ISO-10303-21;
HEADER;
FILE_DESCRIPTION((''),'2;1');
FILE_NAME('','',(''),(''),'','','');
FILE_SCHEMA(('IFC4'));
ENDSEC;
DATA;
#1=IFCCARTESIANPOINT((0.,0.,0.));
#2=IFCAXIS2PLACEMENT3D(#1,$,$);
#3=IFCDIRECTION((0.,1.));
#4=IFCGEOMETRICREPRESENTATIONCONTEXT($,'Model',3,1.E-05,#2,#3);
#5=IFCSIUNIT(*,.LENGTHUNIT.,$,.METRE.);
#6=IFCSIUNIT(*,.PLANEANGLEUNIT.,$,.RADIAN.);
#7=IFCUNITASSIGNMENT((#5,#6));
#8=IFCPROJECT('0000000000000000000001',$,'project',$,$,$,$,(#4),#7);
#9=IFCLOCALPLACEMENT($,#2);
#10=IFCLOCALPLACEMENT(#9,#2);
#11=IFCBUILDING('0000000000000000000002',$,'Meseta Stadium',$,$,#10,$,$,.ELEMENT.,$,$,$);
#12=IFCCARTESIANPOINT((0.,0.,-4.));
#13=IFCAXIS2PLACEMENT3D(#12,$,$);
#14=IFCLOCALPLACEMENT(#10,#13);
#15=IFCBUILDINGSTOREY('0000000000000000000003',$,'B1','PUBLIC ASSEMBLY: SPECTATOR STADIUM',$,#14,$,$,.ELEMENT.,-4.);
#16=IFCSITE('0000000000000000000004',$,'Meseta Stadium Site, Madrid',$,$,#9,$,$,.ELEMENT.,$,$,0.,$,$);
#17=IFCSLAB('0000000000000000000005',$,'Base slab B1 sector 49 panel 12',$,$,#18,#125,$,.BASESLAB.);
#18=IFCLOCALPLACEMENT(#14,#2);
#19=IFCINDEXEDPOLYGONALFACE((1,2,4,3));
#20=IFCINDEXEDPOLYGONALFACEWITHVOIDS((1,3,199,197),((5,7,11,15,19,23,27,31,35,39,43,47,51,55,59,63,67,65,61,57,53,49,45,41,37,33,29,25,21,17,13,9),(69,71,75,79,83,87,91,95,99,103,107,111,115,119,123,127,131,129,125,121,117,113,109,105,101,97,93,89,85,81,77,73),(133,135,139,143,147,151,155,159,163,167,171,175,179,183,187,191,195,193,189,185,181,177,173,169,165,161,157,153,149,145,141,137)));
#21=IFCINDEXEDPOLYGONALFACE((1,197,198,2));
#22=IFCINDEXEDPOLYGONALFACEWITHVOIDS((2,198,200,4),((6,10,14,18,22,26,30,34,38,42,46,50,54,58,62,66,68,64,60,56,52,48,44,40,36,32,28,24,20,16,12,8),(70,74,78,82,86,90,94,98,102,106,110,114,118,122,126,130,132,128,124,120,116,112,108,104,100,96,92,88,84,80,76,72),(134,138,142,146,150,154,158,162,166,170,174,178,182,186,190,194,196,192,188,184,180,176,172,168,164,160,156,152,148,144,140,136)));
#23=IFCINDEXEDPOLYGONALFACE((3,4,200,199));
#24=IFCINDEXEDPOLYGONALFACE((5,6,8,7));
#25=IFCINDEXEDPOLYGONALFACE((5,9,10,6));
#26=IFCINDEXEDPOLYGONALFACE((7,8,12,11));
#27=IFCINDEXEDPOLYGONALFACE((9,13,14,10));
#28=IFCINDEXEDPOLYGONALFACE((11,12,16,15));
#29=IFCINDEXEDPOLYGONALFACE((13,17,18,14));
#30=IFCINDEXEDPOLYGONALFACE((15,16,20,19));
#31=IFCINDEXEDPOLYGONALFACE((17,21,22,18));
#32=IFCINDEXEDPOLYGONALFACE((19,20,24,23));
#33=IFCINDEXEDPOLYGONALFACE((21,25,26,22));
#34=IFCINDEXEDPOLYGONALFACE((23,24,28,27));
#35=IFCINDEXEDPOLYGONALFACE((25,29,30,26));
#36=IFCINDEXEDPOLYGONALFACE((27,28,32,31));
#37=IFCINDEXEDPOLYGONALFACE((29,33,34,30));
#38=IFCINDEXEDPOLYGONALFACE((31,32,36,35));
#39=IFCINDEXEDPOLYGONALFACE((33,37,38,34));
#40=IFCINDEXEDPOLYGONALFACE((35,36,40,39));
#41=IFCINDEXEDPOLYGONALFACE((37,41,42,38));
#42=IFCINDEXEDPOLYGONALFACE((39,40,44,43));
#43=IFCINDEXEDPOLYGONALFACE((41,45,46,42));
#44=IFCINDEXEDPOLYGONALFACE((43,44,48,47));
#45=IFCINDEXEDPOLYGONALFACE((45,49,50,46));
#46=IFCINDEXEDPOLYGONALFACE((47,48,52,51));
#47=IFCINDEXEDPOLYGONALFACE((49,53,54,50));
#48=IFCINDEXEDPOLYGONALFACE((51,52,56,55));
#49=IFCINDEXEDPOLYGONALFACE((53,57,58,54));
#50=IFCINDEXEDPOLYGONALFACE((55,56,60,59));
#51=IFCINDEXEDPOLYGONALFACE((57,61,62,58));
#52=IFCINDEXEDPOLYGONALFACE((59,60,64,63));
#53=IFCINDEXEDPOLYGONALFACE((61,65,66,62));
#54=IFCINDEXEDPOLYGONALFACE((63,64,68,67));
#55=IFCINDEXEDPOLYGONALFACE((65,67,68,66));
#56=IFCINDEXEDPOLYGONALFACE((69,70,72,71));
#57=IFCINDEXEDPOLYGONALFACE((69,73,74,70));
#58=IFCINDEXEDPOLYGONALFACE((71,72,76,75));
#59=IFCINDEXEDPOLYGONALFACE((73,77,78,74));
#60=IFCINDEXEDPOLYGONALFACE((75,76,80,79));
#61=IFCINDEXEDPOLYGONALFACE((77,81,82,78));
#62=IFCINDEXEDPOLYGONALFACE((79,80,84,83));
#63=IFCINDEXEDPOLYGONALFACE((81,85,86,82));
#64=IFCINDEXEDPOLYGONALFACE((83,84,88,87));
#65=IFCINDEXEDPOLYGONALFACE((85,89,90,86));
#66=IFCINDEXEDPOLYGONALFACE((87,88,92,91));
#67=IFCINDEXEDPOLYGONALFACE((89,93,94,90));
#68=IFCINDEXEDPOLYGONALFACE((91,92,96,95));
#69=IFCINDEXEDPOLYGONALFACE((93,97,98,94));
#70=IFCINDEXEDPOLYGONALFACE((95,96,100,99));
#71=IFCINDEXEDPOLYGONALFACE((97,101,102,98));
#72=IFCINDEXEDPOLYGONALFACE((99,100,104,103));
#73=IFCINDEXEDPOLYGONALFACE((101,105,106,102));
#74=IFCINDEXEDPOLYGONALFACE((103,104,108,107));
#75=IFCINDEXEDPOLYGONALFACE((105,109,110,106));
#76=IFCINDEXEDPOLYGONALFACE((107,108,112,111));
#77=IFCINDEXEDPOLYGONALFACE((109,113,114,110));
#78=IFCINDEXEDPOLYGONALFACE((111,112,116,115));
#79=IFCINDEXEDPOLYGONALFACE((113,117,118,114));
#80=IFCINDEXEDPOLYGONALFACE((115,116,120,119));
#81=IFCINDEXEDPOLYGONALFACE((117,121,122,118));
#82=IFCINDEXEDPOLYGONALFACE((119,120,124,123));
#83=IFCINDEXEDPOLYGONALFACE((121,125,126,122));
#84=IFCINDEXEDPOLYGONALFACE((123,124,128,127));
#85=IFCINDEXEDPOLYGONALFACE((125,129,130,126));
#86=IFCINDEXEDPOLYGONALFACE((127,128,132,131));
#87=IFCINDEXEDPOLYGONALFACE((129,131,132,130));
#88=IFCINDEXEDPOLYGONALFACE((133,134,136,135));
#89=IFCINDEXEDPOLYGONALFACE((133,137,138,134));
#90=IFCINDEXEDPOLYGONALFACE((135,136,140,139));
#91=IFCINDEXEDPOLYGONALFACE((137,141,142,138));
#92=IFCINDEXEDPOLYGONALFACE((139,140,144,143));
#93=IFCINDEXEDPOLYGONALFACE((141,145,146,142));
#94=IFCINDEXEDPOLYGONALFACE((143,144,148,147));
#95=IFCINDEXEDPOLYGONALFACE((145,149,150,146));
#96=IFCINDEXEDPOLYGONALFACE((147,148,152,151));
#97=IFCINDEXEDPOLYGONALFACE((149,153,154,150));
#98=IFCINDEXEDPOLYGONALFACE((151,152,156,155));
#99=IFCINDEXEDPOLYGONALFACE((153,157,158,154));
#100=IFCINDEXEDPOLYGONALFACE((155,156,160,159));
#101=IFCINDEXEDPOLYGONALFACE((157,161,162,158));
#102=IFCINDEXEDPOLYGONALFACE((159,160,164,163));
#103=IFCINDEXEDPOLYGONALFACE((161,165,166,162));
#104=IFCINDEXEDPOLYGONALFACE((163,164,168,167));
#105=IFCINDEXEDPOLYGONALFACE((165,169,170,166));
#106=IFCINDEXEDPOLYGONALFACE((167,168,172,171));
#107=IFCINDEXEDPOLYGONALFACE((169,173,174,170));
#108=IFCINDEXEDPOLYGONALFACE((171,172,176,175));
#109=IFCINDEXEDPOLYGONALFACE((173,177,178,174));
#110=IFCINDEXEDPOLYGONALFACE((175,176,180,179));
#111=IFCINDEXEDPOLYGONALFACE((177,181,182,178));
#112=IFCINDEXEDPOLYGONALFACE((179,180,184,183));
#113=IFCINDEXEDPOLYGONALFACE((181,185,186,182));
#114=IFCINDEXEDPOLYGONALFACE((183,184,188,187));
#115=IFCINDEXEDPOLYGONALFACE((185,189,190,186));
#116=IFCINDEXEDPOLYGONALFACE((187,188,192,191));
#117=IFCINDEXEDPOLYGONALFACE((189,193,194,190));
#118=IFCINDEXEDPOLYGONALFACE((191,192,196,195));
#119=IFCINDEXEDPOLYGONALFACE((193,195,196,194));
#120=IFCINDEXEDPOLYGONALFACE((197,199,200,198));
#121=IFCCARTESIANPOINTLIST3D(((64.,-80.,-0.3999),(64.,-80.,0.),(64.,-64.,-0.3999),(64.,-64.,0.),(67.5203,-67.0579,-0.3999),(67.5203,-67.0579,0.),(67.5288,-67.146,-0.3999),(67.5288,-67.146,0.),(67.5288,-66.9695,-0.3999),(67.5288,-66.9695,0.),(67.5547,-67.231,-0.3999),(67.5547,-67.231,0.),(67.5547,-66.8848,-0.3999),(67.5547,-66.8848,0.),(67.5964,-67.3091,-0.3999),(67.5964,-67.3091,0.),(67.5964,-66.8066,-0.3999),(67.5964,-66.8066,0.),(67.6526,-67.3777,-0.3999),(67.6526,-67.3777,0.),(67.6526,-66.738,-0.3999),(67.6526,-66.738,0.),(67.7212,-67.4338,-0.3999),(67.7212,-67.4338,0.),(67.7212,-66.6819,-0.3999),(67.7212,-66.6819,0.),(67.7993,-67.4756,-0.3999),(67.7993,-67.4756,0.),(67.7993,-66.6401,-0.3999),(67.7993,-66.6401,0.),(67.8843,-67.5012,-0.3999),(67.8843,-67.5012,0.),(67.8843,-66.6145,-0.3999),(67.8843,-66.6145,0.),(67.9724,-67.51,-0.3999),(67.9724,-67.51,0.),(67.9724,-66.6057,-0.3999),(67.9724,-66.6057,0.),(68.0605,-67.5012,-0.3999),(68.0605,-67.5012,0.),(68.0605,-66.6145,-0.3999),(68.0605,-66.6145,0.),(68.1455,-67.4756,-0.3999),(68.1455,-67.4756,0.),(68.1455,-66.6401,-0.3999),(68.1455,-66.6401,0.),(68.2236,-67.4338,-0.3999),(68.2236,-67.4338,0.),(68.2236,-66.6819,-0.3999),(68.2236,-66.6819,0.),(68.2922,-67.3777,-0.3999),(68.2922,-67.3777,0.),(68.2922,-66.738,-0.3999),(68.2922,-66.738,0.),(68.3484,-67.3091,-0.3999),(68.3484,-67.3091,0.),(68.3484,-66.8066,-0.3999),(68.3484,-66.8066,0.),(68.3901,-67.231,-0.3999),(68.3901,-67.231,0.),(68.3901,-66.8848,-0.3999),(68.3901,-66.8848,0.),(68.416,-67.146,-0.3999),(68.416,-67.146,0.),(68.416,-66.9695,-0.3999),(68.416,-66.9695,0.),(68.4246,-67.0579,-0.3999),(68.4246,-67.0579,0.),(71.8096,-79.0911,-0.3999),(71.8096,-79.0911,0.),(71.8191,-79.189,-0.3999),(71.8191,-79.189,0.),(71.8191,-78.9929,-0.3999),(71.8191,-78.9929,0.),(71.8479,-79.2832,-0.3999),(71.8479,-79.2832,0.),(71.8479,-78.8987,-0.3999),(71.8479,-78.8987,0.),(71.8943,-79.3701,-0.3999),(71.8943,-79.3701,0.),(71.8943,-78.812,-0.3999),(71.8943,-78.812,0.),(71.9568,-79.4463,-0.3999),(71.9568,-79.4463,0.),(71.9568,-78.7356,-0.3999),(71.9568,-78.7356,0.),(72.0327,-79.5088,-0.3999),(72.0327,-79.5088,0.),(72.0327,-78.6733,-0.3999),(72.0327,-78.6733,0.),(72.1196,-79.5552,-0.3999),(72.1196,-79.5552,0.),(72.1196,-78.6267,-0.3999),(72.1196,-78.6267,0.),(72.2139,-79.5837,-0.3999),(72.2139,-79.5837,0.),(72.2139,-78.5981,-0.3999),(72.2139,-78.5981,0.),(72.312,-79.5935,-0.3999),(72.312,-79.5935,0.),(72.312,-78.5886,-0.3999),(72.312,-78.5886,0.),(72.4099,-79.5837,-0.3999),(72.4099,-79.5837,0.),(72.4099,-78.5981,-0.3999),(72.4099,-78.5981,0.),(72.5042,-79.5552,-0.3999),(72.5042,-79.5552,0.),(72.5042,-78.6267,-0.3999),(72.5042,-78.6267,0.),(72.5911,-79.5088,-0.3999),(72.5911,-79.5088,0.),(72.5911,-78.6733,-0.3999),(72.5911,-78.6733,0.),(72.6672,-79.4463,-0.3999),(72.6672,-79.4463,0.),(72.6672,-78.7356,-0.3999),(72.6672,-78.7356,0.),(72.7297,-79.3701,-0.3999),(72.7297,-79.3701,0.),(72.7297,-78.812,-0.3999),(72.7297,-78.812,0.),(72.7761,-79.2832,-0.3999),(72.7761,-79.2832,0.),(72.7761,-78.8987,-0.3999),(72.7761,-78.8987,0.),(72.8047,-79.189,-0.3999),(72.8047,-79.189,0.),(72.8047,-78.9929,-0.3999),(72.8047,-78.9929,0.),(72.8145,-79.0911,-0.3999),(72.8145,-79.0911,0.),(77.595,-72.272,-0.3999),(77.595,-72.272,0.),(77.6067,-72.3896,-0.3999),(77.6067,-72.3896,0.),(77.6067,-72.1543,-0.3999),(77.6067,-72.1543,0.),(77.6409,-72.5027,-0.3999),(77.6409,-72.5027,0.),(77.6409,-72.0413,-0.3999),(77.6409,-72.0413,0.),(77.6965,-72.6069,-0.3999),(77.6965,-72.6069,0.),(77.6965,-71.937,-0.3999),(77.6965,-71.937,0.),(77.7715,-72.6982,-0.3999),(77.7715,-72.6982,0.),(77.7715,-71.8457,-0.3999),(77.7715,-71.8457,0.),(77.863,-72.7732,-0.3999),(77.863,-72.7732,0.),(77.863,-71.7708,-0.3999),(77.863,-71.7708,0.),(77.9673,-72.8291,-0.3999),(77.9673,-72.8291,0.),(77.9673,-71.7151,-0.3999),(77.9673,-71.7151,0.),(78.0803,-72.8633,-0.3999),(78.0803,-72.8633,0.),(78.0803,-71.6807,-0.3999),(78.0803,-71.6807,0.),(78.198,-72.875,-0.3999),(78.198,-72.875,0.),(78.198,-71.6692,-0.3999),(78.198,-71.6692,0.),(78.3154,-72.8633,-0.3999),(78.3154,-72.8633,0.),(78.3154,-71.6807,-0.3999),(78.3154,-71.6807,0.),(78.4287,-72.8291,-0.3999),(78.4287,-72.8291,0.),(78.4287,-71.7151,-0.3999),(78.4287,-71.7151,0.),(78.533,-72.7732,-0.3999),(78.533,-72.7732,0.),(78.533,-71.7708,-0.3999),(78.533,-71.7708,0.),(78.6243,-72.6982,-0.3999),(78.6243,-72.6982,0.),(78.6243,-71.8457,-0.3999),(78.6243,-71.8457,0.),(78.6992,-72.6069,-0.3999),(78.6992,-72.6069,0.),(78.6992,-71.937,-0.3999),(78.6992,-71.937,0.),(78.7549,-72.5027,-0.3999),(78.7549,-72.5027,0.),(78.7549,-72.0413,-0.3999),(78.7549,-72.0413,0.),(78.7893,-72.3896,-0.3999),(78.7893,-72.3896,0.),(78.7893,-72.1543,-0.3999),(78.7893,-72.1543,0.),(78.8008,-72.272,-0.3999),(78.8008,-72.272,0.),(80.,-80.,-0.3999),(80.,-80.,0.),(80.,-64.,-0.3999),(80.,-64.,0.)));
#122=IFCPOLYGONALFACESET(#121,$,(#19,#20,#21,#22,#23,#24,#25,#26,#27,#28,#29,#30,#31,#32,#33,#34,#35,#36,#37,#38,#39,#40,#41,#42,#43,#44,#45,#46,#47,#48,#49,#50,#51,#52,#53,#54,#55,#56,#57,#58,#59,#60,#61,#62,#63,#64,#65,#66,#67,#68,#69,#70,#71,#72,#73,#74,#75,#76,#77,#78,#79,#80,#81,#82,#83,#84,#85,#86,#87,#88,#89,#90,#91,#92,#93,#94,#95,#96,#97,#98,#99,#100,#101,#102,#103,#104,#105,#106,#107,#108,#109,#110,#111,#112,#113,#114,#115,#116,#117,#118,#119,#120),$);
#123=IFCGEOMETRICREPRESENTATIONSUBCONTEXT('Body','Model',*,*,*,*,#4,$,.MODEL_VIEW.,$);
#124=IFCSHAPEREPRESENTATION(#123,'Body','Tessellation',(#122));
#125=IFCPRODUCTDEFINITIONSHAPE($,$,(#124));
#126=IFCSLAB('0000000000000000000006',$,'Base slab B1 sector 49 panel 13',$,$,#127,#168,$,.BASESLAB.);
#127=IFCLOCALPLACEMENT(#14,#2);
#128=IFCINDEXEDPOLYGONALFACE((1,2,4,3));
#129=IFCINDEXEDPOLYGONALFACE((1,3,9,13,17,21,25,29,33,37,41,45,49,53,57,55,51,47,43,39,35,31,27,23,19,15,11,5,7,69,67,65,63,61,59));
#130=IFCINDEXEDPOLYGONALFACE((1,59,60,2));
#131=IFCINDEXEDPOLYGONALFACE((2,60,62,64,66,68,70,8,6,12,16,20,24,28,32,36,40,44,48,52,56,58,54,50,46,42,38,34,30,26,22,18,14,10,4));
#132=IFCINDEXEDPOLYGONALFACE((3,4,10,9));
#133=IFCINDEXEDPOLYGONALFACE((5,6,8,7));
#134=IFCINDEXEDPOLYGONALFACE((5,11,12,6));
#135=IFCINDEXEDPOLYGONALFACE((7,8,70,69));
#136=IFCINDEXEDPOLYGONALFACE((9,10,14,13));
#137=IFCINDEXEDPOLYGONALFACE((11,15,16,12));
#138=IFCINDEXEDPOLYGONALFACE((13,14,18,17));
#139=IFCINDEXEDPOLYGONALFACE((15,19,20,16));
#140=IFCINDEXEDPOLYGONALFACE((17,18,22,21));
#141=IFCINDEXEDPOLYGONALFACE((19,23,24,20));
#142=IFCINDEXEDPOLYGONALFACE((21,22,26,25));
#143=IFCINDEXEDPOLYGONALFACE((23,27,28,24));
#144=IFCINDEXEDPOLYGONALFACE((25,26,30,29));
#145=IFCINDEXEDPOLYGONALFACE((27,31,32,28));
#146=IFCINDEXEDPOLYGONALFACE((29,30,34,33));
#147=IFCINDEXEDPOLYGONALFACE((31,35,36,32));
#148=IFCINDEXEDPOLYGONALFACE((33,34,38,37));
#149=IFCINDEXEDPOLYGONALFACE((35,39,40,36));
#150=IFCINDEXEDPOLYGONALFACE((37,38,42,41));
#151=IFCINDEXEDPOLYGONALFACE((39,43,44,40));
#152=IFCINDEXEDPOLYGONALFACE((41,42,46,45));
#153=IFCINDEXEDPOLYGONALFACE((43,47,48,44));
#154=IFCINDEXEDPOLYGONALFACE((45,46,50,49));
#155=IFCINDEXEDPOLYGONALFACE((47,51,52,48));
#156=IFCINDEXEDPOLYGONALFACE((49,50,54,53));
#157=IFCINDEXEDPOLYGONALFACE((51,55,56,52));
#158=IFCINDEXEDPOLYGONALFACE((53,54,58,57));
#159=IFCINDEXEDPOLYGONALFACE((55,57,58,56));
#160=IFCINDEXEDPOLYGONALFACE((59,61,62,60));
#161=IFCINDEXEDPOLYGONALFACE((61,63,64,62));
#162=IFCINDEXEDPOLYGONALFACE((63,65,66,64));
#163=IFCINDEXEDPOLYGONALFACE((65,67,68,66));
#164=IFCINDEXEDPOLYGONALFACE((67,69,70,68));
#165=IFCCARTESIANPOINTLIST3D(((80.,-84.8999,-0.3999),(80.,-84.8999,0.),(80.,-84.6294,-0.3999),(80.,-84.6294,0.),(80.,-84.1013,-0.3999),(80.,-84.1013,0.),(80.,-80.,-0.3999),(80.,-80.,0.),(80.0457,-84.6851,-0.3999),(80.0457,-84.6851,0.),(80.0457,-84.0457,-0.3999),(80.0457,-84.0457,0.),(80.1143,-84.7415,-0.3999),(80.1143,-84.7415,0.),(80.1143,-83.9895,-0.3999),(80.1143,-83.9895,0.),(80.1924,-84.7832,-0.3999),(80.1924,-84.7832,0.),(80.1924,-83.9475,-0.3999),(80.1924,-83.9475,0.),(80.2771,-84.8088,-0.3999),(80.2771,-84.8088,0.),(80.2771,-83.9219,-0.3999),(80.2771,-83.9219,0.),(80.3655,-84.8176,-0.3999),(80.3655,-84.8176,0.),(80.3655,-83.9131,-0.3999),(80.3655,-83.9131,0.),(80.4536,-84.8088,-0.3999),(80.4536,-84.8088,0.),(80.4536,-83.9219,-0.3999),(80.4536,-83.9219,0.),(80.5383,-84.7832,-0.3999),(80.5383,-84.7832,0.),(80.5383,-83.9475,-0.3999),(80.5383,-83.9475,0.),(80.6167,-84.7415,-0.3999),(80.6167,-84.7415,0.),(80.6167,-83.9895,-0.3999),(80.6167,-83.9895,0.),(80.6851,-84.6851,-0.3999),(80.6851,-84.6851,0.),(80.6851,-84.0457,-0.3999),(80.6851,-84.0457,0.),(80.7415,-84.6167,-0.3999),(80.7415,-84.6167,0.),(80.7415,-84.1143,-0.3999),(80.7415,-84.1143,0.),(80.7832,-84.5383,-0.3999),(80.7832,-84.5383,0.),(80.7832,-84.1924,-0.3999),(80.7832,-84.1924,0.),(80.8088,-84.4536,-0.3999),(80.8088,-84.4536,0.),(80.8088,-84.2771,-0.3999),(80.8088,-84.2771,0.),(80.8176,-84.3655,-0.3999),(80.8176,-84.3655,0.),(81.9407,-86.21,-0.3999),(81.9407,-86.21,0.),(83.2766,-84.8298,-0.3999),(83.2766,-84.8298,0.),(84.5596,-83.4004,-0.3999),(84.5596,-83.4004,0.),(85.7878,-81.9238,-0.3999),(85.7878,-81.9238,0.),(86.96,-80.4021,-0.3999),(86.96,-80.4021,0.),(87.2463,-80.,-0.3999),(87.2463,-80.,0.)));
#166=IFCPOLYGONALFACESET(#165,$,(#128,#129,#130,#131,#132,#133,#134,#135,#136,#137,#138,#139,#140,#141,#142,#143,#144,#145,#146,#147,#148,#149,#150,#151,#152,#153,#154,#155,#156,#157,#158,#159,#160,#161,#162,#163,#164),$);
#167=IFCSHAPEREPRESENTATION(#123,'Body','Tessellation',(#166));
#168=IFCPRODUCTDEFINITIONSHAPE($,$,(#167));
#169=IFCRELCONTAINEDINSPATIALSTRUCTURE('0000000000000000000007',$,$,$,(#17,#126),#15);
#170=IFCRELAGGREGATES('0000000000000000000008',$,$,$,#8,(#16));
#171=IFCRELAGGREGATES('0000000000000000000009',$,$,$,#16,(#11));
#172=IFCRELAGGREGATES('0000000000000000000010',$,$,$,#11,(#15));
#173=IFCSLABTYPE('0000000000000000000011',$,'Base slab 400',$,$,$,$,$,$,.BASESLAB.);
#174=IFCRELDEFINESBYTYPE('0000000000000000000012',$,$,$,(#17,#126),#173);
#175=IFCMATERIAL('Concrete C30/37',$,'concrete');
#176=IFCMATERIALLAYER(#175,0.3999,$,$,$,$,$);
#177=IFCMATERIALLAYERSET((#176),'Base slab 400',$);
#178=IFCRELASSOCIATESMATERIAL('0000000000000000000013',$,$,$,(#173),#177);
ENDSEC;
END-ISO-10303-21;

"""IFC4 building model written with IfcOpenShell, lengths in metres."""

from ifc_helpers import new_model, si_unit, direction, frame, origin, place, context, subcontext, project, spatial, polyline, outline, extrude, material, layer, layer_set, type_object, element, save


model = new_model("IFC4")

# Units and contexts
model_context = context("Model", 3, precision=1e-05, world=origin(), true_north=direction((0.0, 1.0)))
body_context = subcontext(model_context, "Body", "Model", "MODEL_VIEW")
ifc_project = project(units=[si_unit("LENGTHUNIT", "METRE"), si_unit("PLANEANGLEUNIT", "RADIAN")], contexts=[model_context])

# Site, building, storey
site_placement = place(None, origin())
site = spatial("IfcSite", under=ifc_project, at=site_placement, Name="Meseta Stadium Site, Madrid", CompositionType="ELEMENT", RefElevation=0.0)
building_placement = place(site_placement, origin())
building = spatial("IfcBuilding", under=site, at=building_placement, Name="Meseta Stadium", CompositionType="ELEMENT")
storey_placement = place(building_placement, frame((0.0, 0.0, -4.0)))
storey = spatial("IfcBuildingStorey", under=building, at=storey_placement, Name="B1", Description="PUBLIC ASSEMBLY: SPECTATOR STADIUM", CompositionType="ELEMENT", Elevation=-4.0)

# Slabs
ifc_material = material(Name="Concrete C30/37", Category="concrete")
ifc_layer = layer(ifc_material, 0.3999)
ifc_layer_set = layer_set([ifc_layer], Name="Base slab 400")
slab_type = type_object("IfcSlabType", Name="Base slab 400", PredefinedType="BASESLAB", material=ifc_layer_set)
slab_1_placement = place(storey_placement, frame((0.0, 0.0, -0.3999)))
element("IfcSlab", 1, at=slab_1_placement, inside=storey, type_object=slab_type, Name="Base slab B1 sector 49 panel 12", PredefinedType="BASESLAB", context=body_context, shape_type="SweptSolid", body=[
    extrude(outline(polyline([(64.0, -80.0), (80.0, -80.0), (80.0, -64.0), (64.0, -64.0), (64.0, -80.0)]), holes=[polyline([(67.5288, -66.9695), (67.5547, -66.8848), (67.5964, -66.8066), (67.6526, -66.738), (67.7212, -66.6819), (67.7993, -66.6401), (67.8843, -66.6145), (67.9724, -66.6057), (68.0605, -66.6145), (68.1455, -66.6401), (68.2236, -66.6819), (68.2922, -66.738), (68.3484, -66.8066), (68.3901, -66.8848), (68.416, -66.9695), (68.4246, -67.0579), (68.416, -67.146), (68.3901, -67.231), (68.3484, -67.3091), (68.2922, -67.3777), (68.2236, -67.4338), (68.1455, -67.4756), (68.0605, -67.5012), (67.9724, -67.51), (67.8843, -67.5012), (67.7993, -67.4756), (67.7212, -67.4338), (67.6526, -67.3777), (67.5964, -67.3091), (67.5547, -67.231), (67.5288, -67.146), (67.5203, -67.0579), (67.5288, -66.9695)]), polyline([(77.6965, -71.937), (77.7715, -71.8457), (77.863, -71.7708), (77.9673, -71.7151), (78.0803, -71.6807), (78.198, -71.6692), (78.3154, -71.6807), (78.4287, -71.7151), (78.533, -71.7708), (78.6243, -71.8457), (78.6992, -71.937), (78.7549, -72.0413), (78.7893, -72.1543), (78.8008, -72.272), (78.7893, -72.3896), (78.7549, -72.5027), (78.6992, -72.6069), (78.6243, -72.6982), (78.533, -72.7732), (78.4287, -72.8291), (78.3154, -72.8633), (78.198, -72.875), (78.0803, -72.8633), (77.9673, -72.8291), (77.863, -72.7732), (77.7715, -72.6982), (77.6965, -72.6069), (77.6409, -72.5027), (77.6067, -72.3896), (77.595, -72.272), (77.6067, -72.1543), (77.6409, -72.0413), (77.6965, -71.937)]), polyline([(72.7761, -79.2832), (72.7297, -79.3701), (72.6672, -79.4463), (72.5911, -79.5088), (72.5042, -79.5552), (72.4099, -79.5837), (72.312, -79.5935), (72.2139, -79.5837), (72.1196, -79.5552), (72.0327, -79.5088), (71.9568, -79.4463), (71.8943, -79.3701), (71.8479, -79.2832), (71.8191, -79.189), (71.8096, -79.0911), (71.8191, -78.9929), (71.8479, -78.8987), (71.8943, -78.812), (71.9568, -78.7356), (72.0327, -78.6733), (72.1196, -78.6267), (72.2139, -78.5981), (72.312, -78.5886), (72.4099, -78.5981), (72.5042, -78.6267), (72.5911, -78.6733), (72.6672, -78.7356), (72.7297, -78.812), (72.7761, -78.8987), (72.8047, -78.9929), (72.8145, -79.0911), (72.8047, -79.189), (72.7761, -79.2832)])]), origin(), (0.0, 0.0, 1.0), 0.3999),
])
slab_2_placement = place(storey_placement, frame((0.0, 0.0, -0.3999)))
element("IfcSlab", 2, at=slab_2_placement, inside=storey, type_object=slab_type, Name="Base slab B1 sector 49 panel 13", PredefinedType="BASESLAB", context=body_context, shape_type="SweptSolid", body=[
    extrude(outline(polyline([(85.7878, -81.9238), (86.96, -80.4021), (87.2463, -80.0), (80.0, -80.0), (80.0, -84.1013), (80.0457, -84.0457), (80.1143, -83.9895), (80.1924, -83.9475), (80.2771, -83.9219), (80.3655, -83.9131), (80.4536, -83.9219), (80.5383, -83.9475), (80.6167, -83.9895), (80.6851, -84.0457), (80.7415, -84.1143), (80.7832, -84.1924), (80.8088, -84.2771), (80.8176, -84.3655), (80.8088, -84.4536), (80.7832, -84.5383), (80.7415, -84.6167), (80.6851, -84.6851), (80.6167, -84.7415), (80.5383, -84.7832), (80.4536, -84.8088), (80.3655, -84.8176), (80.2771, -84.8088), (80.1924, -84.7832), (80.1143, -84.7415), (80.0457, -84.6851), (80.0, -84.6294), (80.0, -84.8999), (81.9407, -86.21), (83.2766, -84.8298), (84.5596, -83.4004), (85.7878, -81.9238)])), origin(), (0.0, 0.0, 1.0), 0.3999),
])

save(model, "model.ifc")
